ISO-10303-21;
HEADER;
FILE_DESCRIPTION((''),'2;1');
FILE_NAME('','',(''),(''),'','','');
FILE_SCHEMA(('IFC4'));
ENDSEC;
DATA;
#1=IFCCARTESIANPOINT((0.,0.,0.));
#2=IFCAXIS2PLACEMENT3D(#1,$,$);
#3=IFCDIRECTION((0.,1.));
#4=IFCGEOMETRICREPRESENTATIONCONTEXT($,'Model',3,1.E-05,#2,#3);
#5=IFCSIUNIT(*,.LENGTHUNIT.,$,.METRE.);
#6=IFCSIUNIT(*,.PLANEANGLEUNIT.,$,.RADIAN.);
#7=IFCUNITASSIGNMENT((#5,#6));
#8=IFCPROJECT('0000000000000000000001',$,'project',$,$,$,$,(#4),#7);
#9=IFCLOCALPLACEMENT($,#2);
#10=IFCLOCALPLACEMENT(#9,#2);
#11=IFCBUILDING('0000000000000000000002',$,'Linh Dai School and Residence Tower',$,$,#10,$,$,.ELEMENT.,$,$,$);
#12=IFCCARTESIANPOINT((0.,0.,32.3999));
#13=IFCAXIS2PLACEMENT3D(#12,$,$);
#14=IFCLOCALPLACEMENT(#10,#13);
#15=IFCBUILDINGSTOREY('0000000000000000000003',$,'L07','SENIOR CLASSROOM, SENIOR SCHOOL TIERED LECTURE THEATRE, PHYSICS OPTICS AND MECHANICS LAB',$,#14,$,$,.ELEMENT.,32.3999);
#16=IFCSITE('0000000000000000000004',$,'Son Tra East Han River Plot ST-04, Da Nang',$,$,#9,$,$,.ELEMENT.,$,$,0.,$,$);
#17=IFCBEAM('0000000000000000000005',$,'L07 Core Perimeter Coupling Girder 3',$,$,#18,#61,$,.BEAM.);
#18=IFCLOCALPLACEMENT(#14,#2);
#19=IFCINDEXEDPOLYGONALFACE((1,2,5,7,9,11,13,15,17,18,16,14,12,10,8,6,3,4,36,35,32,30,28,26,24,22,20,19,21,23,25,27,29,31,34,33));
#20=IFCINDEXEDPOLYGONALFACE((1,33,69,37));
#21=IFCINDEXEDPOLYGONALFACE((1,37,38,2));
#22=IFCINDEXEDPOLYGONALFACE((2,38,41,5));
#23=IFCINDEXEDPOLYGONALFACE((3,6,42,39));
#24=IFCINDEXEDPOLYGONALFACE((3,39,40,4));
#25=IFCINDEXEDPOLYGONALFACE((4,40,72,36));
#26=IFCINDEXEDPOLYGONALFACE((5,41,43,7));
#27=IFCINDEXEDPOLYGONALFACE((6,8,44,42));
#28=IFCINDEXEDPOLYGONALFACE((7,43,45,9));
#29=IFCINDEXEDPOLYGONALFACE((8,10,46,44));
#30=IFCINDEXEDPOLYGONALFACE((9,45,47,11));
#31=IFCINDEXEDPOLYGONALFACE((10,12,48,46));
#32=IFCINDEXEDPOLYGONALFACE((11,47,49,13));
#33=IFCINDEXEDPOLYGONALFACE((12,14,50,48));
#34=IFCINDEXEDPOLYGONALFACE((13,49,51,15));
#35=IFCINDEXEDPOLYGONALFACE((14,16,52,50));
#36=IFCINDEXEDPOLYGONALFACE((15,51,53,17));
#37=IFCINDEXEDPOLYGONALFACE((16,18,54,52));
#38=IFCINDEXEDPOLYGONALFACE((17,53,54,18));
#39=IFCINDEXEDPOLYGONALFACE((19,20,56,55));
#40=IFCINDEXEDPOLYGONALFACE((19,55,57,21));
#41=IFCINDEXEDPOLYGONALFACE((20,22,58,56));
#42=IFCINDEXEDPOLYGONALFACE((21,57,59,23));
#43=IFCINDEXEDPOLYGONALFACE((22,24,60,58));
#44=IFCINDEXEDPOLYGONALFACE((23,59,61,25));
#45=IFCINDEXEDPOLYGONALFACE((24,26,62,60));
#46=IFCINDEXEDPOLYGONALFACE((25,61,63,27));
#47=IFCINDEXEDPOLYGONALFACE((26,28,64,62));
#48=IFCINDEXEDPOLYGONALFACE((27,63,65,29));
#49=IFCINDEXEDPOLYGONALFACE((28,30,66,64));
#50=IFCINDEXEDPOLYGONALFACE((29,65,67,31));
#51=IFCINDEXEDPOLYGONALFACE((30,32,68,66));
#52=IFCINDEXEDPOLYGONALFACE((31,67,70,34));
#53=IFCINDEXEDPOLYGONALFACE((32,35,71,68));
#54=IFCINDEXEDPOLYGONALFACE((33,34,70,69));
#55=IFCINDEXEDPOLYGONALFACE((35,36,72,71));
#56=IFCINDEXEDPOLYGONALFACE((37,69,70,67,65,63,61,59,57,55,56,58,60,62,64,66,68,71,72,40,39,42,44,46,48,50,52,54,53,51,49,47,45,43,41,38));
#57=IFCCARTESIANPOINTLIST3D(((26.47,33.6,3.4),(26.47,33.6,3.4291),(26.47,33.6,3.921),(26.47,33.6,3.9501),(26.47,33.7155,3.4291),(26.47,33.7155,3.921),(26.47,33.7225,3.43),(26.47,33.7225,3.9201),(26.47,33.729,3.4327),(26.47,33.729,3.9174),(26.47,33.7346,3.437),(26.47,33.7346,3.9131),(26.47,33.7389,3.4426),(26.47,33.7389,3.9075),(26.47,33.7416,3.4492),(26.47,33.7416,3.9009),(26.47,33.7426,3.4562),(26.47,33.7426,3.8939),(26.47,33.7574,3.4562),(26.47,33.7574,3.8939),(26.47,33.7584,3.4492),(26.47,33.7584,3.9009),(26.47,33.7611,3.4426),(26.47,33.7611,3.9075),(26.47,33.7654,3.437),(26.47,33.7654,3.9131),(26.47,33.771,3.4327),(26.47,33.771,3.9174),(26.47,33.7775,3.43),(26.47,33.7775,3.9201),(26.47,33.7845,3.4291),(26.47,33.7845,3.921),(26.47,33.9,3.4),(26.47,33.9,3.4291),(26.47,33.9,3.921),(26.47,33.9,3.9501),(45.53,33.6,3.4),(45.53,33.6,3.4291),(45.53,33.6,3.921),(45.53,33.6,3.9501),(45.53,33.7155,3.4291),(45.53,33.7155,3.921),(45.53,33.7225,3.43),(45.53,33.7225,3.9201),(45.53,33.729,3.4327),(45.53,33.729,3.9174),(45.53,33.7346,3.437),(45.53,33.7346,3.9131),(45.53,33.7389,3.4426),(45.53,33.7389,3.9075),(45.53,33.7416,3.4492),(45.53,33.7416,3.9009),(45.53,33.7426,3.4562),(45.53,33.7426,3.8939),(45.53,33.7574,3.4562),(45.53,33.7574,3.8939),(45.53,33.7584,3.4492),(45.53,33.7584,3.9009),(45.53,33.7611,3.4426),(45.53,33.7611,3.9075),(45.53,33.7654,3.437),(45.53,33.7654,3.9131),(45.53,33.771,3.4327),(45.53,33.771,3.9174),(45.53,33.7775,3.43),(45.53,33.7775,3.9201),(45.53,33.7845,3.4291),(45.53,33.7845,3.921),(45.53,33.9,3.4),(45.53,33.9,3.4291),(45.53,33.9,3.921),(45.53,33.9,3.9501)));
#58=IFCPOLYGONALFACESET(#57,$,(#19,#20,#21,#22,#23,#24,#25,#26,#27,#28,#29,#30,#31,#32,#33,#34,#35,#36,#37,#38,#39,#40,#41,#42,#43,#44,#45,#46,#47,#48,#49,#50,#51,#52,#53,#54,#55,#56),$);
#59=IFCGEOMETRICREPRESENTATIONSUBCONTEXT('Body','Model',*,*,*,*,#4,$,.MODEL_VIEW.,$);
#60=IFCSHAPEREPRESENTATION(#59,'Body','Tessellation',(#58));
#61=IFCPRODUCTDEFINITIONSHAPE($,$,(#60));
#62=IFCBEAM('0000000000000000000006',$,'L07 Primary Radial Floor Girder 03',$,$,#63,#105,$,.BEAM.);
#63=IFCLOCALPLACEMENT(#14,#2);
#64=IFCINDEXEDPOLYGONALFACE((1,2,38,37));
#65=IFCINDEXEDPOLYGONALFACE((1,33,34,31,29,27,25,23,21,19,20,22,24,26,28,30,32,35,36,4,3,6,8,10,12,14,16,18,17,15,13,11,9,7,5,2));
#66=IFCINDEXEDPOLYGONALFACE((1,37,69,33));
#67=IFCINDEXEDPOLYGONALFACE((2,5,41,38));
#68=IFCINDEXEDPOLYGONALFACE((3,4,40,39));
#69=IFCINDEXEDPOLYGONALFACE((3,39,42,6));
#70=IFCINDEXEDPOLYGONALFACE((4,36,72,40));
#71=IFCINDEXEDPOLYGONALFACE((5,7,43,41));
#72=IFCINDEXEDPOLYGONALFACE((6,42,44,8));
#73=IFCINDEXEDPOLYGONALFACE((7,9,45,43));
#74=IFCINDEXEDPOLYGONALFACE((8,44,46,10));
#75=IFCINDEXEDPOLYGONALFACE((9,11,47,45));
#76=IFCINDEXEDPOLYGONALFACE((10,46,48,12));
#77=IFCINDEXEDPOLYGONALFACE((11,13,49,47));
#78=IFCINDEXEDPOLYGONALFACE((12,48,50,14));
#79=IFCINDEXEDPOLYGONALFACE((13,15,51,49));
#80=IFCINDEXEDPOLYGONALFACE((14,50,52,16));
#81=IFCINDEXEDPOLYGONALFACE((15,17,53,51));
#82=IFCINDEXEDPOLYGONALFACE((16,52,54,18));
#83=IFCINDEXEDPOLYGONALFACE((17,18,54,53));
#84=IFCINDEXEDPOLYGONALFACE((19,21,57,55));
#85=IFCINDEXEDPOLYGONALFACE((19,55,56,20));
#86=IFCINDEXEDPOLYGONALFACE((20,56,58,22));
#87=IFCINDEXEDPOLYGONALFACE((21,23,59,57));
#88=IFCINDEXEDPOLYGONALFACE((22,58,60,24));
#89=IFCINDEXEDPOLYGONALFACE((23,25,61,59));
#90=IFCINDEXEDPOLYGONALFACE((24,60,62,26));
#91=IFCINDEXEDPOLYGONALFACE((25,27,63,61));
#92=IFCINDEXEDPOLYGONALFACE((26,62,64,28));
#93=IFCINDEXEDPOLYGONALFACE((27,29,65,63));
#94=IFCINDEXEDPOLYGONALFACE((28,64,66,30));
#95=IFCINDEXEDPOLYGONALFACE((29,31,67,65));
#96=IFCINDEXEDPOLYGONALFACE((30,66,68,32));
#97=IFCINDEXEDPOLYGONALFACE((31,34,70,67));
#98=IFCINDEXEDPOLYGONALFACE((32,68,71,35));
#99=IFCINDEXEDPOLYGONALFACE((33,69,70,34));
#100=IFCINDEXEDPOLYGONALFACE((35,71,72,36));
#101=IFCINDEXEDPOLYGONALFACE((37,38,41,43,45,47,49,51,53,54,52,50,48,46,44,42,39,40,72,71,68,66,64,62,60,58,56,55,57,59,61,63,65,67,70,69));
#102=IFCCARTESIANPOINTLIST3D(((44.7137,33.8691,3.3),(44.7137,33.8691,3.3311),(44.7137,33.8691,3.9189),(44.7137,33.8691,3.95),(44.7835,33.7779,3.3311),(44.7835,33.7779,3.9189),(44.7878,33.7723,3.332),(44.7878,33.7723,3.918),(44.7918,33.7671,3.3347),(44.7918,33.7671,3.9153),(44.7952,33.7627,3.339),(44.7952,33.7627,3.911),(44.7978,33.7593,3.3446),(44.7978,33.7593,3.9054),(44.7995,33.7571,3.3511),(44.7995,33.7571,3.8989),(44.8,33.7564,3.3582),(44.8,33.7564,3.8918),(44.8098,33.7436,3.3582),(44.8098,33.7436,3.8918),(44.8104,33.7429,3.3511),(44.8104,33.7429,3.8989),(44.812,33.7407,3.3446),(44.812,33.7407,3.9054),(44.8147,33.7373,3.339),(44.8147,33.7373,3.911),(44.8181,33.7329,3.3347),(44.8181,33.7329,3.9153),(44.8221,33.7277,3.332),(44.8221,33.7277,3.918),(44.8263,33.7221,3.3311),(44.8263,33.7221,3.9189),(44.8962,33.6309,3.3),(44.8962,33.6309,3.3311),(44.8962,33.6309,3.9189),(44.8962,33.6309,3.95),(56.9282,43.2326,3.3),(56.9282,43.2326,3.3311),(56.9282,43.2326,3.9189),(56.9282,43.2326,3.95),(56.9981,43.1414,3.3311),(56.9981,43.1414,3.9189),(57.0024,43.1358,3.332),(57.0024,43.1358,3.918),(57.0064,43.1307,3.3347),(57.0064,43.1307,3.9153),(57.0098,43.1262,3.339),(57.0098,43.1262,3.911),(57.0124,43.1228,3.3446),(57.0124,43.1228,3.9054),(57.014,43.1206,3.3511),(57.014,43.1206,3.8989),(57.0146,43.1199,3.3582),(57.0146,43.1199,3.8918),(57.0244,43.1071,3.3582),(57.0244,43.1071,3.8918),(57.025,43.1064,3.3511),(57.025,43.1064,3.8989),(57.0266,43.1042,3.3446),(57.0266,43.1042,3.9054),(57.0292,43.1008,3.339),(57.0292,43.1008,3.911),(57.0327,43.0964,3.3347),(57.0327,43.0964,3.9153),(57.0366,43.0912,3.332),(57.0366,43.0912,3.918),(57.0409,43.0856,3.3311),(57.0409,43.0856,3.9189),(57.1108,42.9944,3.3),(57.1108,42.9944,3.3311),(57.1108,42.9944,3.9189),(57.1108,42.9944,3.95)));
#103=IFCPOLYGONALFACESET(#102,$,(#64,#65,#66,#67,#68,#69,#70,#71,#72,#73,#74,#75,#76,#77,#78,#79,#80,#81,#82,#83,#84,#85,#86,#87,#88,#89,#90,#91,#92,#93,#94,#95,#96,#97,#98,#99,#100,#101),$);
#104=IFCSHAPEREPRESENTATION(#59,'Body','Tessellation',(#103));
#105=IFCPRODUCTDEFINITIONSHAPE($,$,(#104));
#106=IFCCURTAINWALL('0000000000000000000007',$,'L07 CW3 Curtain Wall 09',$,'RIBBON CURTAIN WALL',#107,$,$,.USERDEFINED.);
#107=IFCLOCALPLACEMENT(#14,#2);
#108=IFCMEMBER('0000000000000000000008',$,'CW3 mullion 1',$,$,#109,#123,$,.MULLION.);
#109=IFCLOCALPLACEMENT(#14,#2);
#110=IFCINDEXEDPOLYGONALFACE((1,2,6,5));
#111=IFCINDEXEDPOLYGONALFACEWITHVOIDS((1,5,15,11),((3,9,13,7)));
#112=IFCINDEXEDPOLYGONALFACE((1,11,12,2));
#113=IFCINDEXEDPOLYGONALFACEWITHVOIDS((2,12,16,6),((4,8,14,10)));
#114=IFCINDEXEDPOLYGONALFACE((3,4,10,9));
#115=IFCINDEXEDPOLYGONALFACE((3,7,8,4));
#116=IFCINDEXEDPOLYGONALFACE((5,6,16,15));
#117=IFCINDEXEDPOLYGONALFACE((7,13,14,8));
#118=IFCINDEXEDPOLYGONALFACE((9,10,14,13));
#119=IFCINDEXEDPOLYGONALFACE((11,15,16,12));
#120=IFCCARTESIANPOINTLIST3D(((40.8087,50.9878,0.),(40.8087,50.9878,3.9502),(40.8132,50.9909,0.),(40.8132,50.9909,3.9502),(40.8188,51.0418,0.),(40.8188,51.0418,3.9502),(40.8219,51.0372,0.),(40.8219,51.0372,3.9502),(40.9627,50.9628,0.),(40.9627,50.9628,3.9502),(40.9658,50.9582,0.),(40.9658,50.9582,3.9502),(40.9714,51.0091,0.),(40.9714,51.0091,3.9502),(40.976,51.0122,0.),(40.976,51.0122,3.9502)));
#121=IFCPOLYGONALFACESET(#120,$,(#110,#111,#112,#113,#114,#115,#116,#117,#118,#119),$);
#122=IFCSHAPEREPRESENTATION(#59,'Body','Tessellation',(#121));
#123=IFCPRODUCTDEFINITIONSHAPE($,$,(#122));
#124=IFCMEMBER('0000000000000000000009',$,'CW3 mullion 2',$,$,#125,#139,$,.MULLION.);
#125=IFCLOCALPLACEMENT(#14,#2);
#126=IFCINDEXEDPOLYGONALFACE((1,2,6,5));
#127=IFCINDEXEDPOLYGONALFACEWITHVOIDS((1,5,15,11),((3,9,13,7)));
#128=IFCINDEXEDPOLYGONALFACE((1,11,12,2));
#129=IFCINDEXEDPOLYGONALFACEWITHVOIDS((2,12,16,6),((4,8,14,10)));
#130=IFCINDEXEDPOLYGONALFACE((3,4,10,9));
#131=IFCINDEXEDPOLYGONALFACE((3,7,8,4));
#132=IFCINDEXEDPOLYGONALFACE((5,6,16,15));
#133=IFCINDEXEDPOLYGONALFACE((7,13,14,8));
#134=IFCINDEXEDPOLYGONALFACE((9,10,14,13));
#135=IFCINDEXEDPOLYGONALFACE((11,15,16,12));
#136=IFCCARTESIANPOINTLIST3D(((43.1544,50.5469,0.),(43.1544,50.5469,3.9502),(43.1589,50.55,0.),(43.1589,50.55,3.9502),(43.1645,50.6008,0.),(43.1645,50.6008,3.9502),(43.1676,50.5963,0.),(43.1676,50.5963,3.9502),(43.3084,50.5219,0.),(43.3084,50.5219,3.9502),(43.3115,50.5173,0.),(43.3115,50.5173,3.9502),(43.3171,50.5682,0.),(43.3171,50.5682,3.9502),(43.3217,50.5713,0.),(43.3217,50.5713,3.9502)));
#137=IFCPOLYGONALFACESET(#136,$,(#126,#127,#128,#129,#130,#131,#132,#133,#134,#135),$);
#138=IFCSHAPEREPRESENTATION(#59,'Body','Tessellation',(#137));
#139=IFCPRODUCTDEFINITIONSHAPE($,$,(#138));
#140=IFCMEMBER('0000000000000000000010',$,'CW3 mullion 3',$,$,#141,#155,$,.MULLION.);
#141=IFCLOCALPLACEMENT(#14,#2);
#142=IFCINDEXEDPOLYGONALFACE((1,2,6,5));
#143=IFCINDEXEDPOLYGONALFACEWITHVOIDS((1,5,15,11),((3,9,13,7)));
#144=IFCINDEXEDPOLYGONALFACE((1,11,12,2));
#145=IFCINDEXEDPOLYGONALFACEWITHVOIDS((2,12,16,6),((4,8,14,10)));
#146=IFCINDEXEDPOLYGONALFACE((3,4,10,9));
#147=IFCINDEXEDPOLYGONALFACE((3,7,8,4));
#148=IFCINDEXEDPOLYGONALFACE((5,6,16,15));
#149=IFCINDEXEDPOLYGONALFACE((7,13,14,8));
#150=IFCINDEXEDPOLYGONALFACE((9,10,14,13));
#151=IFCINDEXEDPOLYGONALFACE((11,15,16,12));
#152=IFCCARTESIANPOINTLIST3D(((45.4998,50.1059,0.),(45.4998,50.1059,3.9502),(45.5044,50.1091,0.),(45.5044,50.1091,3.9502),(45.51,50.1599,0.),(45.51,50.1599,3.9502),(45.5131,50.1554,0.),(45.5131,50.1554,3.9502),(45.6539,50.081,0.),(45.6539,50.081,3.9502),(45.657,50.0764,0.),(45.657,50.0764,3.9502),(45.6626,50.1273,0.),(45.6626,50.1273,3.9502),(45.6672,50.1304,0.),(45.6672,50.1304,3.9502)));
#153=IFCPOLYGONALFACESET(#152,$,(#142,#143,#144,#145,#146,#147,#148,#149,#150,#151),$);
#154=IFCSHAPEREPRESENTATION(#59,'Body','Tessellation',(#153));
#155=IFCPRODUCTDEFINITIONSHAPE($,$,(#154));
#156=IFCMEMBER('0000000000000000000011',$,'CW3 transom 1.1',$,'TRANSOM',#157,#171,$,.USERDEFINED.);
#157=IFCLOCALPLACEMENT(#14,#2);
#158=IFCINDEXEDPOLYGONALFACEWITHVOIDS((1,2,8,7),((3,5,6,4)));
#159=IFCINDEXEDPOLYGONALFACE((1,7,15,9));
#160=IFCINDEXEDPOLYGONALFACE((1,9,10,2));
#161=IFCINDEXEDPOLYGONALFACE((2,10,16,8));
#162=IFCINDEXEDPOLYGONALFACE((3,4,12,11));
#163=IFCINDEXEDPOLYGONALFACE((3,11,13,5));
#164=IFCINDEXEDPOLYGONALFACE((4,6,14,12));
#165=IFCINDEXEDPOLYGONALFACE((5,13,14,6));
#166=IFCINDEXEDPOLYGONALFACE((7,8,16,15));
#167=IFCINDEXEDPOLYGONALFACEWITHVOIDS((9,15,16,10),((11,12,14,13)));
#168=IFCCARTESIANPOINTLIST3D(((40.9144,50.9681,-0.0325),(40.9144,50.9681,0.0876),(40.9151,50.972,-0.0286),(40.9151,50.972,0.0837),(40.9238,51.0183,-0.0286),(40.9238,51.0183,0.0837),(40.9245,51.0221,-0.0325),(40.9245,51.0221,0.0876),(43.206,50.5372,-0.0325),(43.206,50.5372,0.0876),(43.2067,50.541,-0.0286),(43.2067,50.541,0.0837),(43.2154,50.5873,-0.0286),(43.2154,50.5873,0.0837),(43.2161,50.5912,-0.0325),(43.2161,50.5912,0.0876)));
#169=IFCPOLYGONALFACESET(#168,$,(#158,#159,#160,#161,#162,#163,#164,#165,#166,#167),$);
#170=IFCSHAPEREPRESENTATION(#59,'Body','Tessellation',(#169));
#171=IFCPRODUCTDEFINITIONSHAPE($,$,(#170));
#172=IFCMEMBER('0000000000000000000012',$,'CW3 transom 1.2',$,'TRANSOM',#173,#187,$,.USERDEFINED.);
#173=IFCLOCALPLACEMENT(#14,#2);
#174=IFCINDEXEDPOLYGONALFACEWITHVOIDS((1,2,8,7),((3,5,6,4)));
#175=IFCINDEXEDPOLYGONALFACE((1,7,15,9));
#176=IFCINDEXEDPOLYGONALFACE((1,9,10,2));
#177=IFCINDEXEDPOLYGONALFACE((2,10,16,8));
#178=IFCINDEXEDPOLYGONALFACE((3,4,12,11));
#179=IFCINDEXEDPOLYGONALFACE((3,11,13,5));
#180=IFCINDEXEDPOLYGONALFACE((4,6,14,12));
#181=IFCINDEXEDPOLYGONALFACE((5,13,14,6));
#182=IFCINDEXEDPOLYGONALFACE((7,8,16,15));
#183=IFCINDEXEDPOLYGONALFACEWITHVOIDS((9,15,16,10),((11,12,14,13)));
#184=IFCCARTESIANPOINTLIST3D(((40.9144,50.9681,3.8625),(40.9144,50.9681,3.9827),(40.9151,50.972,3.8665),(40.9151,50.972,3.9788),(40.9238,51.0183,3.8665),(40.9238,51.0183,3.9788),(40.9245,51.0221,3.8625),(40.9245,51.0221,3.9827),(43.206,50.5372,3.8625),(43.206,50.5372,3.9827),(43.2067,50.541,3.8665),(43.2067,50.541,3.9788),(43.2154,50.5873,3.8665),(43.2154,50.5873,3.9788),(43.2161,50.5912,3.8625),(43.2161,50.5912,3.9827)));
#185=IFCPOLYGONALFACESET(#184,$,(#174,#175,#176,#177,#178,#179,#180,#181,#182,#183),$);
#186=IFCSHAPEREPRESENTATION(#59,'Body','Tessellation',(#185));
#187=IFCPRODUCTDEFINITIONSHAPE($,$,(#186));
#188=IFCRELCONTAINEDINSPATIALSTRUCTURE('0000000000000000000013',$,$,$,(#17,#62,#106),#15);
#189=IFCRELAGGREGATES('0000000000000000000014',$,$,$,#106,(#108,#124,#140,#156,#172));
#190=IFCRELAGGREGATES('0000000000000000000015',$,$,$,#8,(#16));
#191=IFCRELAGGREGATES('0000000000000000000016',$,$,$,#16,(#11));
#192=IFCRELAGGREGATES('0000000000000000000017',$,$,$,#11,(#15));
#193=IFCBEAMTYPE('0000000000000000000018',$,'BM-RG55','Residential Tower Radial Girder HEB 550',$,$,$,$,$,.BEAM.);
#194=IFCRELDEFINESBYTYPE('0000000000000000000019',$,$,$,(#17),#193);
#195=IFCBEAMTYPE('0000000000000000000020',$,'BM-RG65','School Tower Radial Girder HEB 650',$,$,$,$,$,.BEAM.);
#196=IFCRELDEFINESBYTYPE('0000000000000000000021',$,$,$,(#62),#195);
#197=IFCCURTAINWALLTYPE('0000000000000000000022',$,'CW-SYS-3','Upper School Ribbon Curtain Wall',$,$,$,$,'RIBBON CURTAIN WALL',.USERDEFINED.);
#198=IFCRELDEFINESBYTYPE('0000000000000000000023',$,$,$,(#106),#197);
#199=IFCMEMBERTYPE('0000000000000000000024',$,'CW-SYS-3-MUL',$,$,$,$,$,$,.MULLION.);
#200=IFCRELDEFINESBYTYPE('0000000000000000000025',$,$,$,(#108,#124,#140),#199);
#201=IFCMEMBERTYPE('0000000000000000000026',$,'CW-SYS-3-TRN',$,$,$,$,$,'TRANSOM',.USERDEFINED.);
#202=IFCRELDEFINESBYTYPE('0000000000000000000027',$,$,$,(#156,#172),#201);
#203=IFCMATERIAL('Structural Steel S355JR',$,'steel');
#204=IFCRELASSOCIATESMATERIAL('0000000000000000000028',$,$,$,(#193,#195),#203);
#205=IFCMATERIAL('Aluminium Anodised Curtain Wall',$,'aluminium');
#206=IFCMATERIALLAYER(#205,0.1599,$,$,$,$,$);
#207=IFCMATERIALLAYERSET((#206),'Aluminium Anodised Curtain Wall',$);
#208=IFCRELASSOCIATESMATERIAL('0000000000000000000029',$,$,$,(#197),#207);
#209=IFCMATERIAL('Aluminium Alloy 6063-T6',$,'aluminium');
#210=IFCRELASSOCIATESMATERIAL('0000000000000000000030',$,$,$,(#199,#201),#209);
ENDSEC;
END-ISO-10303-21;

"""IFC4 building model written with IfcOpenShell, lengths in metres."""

from ifc_helpers import new_model, si_unit, direction, frame, origin, origin_2d, place, context, subcontext, project, spatial, hollow_rectangle, i_section, extrude, source, transform, mapped, material, layer, layer_set, material_profile, profile_set, type_object, element, aggregate, save


model = new_model("IFC4")

# Units and contexts
model_context = context("Model", 3, precision=1e-05, world=origin(), true_north=direction((0.0, 1.0)))
body_context = subcontext(model_context, "Body", "Model", "MODEL_VIEW")
ifc_project = project(units=[si_unit("LENGTHUNIT", "METRE"), si_unit("PLANEANGLEUNIT", "RADIAN")], contexts=[model_context])

# Site, building, storey
site_placement = place(None, origin())
site = spatial("IfcSite", under=ifc_project, at=site_placement, Name="Son Tra East Han River Plot ST-04, Da Nang", CompositionType="ELEMENT", RefElevation=0.0)
building_placement = place(site_placement, origin())
building = spatial("IfcBuilding", under=site, at=building_placement, Name="Linh Dai School and Residence Tower", CompositionType="ELEMENT")
storey_placement = place(building_placement, frame((0.0, 0.0, 32.3999)))
storey = spatial("IfcBuildingStorey", under=building, at=storey_placement, Name="L07", Description="SENIOR CLASSROOM, SENIOR SCHOOL TIERED LECTURE THEATRE, PHYSICS OPTICS AND MECHANICS LAB", CompositionType="ELEMENT", Elevation=32.3999)

# Beams
ifc_material_1 = material(Name="Structural Steel S355JR", Category="steel")
ifc_material_profile_1 = material_profile(ifc_material_1, i_section(OverallWidth=0.3, OverallDepth=0.55, WebThickness=0.0149, FlangeThickness=0.0291, FilletRadius=0.0271, at=origin_2d()), Name="HEB 550")
ifc_profile_set_1 = profile_set([ifc_material_profile_1], Name="Structural Steel S355JR")
beam_type_1 = type_object("IfcBeamType", Name="BM-RG55", Description="Residential Tower Radial Girder HEB 550", PredefinedType="BEAM", material=ifc_profile_set_1)
beam_1_placement = place(storey_placement, frame((45.53, 33.75, 3.675), z_axis=(-1.0, 0.0, 0.0), x_axis=(0.0, -1.0, 0.0)))
element("IfcBeam", 1, at=beam_1_placement, inside=storey, type_object=beam_type_1, Name="L07 Core Perimeter Coupling Girder 3", PredefinedType="BEAM", context=body_context, shape_type="SweptSolid", body=[
    extrude(i_section(OverallWidth=0.3, OverallDepth=0.55, WebThickness=0.0149, FlangeThickness=0.0291, FilletRadius=0.0271, at=origin_2d()), origin(), (0.0, 0.0, 1.0), 19.0601),
])
ifc_material_profile_2 = material_profile(ifc_material_1, i_section(OverallWidth=0.3, OverallDepth=0.6499, WebThickness=0.0161, FlangeThickness=0.031, FilletRadius=0.0271, at=origin_2d()), Name="HEB 650")
ifc_profile_set_2 = profile_set([ifc_material_profile_2], Name="Structural Steel S355JR")
beam_type_2 = type_object("IfcBeamType", Name="BM-RG65", Description="School Tower Radial Girder HEB 650", PredefinedType="BEAM", material=ifc_profile_set_2)
beam_2_placement = place(storey_placement, frame((44.8049, 33.75, 3.625), z_axis=(0.793638, 0.608391, 0.0), x_axis=(-0.608391, 0.793638, 0.0)))
element("IfcBeam", 2, at=beam_2_placement, inside=storey, type_object=beam_type_2, Name="L07 Primary Radial Floor Girder 03", PredefinedType="BEAM", context=body_context, shape_type="SweptSolid", body=[
    extrude(i_section(OverallWidth=0.3, OverallDepth=0.6499, WebThickness=0.0161, FlangeThickness=0.031, FilletRadius=0.0271, at=origin_2d()), origin(), (0.0, 0.0, 1.0), 15.3906),
])

# Curtain wall, members
ifc_material_2 = material(Name="Aluminium Anodised Curtain Wall", Category="aluminium")
ifc_layer_1 = layer(ifc_material_2, 0.1599)
ifc_layer_set_1 = layer_set([ifc_layer_1], Name="Aluminium Anodised Curtain Wall")
curtain_wall_type = type_object("IfcCurtainWallType", Name="CW-SYS-3", Description="Upper School Ribbon Curtain Wall", ElementType="RIBBON CURTAIN WALL", PredefinedType="USERDEFINED", material=ifc_layer_set_1)
curtain_wall_placement = place(storey_placement, origin())
curtain_wall = element("IfcCurtainWall", 3, at=curtain_wall_placement, inside=storey, type_object=curtain_wall_type, Name="L07 CW3 Curtain Wall 09", ObjectType="RIBBON CURTAIN WALL", PredefinedType="USERDEFINED")
ifc_material_3 = material(Name="Aluminium Alloy 6063-T6", Category="aluminium")
ifc_material_profile_3 = material_profile(ifc_material_3, hollow_rectangle(XDim=0.0549, YDim=0.1599, WallThickness=0.0039, at=origin_2d()), Name="RHS 160x55x4")
ifc_profile_set_3 = profile_set([ifc_material_profile_3], Name="Aluminium Alloy 6063-T6")
member_type_1 = type_object("IfcMemberType", Name="CW-SYS-3-MUL", PredefinedType="MULLION", material=ifc_profile_set_3)
shared_shape_1 = source(origin(), body_context, "Body", "SweptSolid", [
    extrude(hollow_rectangle(XDim=0.0549, YDim=0.1599, WallThickness=0.0039, at=origin_2d()), origin(), (0.0, 0.0, 1.0), 3.9502),
])
member_1_placement = place(storey_placement, frame((40.8923, 51.0, 0.0), z_axis=(0.0, 0.0, 1.0), x_axis=(0.184748, 0.982786, 0.0)))
member_1 = element("IfcMember", 4, at=member_1_placement, type_object=member_type_1, Name="CW3 mullion 1", PredefinedType="MULLION", context=body_context, shape_type="MappedRepresentation", body=[
    mapped(shared_shape_1, transform((0.0, 0.0, 0.0), x_axis=(1.0, 0.0, 0.0), y_axis=(0.0, 1.0, 0.0), z_axis=(0.0, 0.0, 1.0), scale=1.0)),
])
member_2_placement = place(storey_placement, frame((43.238, 50.5591, 0.0), z_axis=(0.0, 0.0, 1.0), x_axis=(0.184748, 0.982786, 0.0)))
member_2 = element("IfcMember", 5, at=member_2_placement, type_object=member_type_1, Name="CW3 mullion 2", PredefinedType="MULLION", context=body_context, shape_type="MappedRepresentation", body=[
    mapped(shared_shape_1, transform((0.0, 0.0, 0.0), x_axis=(1.0, 0.0, 0.0), y_axis=(0.0, 1.0, 0.0), z_axis=(0.0, 0.0, 1.0), scale=1.0)),
])
member_3_placement = place(storey_placement, frame((45.5835, 50.1182, 0.0), z_axis=(0.0, 0.0, 1.0), x_axis=(0.184748, 0.982786, 0.0)))
member_3 = element("IfcMember", 6, at=member_3_placement, type_object=member_type_1, Name="CW3 mullion 3", PredefinedType="MULLION", context=body_context, shape_type="MappedRepresentation", body=[
    mapped(shared_shape_1, transform((0.0, 0.0, 0.0), x_axis=(1.0, 0.0, 0.0), y_axis=(0.0, 1.0, 0.0), z_axis=(0.0, 0.0, 1.0), scale=1.0)),
])
ifc_material_profile_4 = material_profile(ifc_material_3, hollow_rectangle(XDim=0.0549, YDim=0.1201, WallThickness=0.0039, at=origin_2d()), Name="RHS 120x55x4")
ifc_profile_set_4 = profile_set([ifc_material_profile_4], Name="Aluminium Alloy 6063-T6")
member_type_2 = type_object("IfcMemberType", Name="CW-SYS-3-TRN", ElementType="TRANSOM", PredefinedType="USERDEFINED", material=ifc_profile_set_4)
shared_shape_2 = source(origin(), body_context, "Body", "SweptSolid", [
    extrude(hollow_rectangle(XDim=0.0549, YDim=0.1201, WallThickness=0.0039, at=origin_2d()), origin(), (0.0, 0.0, 1.0), 2.3318),
])
member_4_placement = place(storey_placement, frame((40.9194, 50.9951, 0.0276), z_axis=(0.982775, -0.184807, 0.0), x_axis=(0.184807, 0.982775, 0.0)))
member_4 = element("IfcMember", 7, at=member_4_placement, type_object=member_type_2, Name="CW3 transom 1.1", ObjectType="TRANSOM", PredefinedType="USERDEFINED", context=body_context, shape_type="MappedRepresentation", body=[
    mapped(shared_shape_2, transform((0.0, 0.0, 0.0), x_axis=(1.0, 0.0, 0.0), y_axis=(0.0, 1.0, 0.0), z_axis=(0.0, 0.0, 1.0), scale=1.0)),
])
member_5_placement = place(storey_placement, frame((40.9194, 50.9951, 3.9226), z_axis=(0.982775, -0.184807, 0.0), x_axis=(0.184807, 0.982775, 0.0)))
member_5 = element("IfcMember", 8, at=member_5_placement, type_object=member_type_2, Name="CW3 transom 1.2", ObjectType="TRANSOM", PredefinedType="USERDEFINED", context=body_context, shape_type="MappedRepresentation", body=[
    mapped(shared_shape_2, transform((0.0, 0.0, 0.0), x_axis=(1.0, 0.0, 0.0), y_axis=(0.0, 1.0, 0.0), z_axis=(0.0, 0.0, 1.0), scale=1.0)),
])

aggregate(curtain_wall, [member_1, member_2, member_3, member_4, member_5])

save(model, "model.ifc")
